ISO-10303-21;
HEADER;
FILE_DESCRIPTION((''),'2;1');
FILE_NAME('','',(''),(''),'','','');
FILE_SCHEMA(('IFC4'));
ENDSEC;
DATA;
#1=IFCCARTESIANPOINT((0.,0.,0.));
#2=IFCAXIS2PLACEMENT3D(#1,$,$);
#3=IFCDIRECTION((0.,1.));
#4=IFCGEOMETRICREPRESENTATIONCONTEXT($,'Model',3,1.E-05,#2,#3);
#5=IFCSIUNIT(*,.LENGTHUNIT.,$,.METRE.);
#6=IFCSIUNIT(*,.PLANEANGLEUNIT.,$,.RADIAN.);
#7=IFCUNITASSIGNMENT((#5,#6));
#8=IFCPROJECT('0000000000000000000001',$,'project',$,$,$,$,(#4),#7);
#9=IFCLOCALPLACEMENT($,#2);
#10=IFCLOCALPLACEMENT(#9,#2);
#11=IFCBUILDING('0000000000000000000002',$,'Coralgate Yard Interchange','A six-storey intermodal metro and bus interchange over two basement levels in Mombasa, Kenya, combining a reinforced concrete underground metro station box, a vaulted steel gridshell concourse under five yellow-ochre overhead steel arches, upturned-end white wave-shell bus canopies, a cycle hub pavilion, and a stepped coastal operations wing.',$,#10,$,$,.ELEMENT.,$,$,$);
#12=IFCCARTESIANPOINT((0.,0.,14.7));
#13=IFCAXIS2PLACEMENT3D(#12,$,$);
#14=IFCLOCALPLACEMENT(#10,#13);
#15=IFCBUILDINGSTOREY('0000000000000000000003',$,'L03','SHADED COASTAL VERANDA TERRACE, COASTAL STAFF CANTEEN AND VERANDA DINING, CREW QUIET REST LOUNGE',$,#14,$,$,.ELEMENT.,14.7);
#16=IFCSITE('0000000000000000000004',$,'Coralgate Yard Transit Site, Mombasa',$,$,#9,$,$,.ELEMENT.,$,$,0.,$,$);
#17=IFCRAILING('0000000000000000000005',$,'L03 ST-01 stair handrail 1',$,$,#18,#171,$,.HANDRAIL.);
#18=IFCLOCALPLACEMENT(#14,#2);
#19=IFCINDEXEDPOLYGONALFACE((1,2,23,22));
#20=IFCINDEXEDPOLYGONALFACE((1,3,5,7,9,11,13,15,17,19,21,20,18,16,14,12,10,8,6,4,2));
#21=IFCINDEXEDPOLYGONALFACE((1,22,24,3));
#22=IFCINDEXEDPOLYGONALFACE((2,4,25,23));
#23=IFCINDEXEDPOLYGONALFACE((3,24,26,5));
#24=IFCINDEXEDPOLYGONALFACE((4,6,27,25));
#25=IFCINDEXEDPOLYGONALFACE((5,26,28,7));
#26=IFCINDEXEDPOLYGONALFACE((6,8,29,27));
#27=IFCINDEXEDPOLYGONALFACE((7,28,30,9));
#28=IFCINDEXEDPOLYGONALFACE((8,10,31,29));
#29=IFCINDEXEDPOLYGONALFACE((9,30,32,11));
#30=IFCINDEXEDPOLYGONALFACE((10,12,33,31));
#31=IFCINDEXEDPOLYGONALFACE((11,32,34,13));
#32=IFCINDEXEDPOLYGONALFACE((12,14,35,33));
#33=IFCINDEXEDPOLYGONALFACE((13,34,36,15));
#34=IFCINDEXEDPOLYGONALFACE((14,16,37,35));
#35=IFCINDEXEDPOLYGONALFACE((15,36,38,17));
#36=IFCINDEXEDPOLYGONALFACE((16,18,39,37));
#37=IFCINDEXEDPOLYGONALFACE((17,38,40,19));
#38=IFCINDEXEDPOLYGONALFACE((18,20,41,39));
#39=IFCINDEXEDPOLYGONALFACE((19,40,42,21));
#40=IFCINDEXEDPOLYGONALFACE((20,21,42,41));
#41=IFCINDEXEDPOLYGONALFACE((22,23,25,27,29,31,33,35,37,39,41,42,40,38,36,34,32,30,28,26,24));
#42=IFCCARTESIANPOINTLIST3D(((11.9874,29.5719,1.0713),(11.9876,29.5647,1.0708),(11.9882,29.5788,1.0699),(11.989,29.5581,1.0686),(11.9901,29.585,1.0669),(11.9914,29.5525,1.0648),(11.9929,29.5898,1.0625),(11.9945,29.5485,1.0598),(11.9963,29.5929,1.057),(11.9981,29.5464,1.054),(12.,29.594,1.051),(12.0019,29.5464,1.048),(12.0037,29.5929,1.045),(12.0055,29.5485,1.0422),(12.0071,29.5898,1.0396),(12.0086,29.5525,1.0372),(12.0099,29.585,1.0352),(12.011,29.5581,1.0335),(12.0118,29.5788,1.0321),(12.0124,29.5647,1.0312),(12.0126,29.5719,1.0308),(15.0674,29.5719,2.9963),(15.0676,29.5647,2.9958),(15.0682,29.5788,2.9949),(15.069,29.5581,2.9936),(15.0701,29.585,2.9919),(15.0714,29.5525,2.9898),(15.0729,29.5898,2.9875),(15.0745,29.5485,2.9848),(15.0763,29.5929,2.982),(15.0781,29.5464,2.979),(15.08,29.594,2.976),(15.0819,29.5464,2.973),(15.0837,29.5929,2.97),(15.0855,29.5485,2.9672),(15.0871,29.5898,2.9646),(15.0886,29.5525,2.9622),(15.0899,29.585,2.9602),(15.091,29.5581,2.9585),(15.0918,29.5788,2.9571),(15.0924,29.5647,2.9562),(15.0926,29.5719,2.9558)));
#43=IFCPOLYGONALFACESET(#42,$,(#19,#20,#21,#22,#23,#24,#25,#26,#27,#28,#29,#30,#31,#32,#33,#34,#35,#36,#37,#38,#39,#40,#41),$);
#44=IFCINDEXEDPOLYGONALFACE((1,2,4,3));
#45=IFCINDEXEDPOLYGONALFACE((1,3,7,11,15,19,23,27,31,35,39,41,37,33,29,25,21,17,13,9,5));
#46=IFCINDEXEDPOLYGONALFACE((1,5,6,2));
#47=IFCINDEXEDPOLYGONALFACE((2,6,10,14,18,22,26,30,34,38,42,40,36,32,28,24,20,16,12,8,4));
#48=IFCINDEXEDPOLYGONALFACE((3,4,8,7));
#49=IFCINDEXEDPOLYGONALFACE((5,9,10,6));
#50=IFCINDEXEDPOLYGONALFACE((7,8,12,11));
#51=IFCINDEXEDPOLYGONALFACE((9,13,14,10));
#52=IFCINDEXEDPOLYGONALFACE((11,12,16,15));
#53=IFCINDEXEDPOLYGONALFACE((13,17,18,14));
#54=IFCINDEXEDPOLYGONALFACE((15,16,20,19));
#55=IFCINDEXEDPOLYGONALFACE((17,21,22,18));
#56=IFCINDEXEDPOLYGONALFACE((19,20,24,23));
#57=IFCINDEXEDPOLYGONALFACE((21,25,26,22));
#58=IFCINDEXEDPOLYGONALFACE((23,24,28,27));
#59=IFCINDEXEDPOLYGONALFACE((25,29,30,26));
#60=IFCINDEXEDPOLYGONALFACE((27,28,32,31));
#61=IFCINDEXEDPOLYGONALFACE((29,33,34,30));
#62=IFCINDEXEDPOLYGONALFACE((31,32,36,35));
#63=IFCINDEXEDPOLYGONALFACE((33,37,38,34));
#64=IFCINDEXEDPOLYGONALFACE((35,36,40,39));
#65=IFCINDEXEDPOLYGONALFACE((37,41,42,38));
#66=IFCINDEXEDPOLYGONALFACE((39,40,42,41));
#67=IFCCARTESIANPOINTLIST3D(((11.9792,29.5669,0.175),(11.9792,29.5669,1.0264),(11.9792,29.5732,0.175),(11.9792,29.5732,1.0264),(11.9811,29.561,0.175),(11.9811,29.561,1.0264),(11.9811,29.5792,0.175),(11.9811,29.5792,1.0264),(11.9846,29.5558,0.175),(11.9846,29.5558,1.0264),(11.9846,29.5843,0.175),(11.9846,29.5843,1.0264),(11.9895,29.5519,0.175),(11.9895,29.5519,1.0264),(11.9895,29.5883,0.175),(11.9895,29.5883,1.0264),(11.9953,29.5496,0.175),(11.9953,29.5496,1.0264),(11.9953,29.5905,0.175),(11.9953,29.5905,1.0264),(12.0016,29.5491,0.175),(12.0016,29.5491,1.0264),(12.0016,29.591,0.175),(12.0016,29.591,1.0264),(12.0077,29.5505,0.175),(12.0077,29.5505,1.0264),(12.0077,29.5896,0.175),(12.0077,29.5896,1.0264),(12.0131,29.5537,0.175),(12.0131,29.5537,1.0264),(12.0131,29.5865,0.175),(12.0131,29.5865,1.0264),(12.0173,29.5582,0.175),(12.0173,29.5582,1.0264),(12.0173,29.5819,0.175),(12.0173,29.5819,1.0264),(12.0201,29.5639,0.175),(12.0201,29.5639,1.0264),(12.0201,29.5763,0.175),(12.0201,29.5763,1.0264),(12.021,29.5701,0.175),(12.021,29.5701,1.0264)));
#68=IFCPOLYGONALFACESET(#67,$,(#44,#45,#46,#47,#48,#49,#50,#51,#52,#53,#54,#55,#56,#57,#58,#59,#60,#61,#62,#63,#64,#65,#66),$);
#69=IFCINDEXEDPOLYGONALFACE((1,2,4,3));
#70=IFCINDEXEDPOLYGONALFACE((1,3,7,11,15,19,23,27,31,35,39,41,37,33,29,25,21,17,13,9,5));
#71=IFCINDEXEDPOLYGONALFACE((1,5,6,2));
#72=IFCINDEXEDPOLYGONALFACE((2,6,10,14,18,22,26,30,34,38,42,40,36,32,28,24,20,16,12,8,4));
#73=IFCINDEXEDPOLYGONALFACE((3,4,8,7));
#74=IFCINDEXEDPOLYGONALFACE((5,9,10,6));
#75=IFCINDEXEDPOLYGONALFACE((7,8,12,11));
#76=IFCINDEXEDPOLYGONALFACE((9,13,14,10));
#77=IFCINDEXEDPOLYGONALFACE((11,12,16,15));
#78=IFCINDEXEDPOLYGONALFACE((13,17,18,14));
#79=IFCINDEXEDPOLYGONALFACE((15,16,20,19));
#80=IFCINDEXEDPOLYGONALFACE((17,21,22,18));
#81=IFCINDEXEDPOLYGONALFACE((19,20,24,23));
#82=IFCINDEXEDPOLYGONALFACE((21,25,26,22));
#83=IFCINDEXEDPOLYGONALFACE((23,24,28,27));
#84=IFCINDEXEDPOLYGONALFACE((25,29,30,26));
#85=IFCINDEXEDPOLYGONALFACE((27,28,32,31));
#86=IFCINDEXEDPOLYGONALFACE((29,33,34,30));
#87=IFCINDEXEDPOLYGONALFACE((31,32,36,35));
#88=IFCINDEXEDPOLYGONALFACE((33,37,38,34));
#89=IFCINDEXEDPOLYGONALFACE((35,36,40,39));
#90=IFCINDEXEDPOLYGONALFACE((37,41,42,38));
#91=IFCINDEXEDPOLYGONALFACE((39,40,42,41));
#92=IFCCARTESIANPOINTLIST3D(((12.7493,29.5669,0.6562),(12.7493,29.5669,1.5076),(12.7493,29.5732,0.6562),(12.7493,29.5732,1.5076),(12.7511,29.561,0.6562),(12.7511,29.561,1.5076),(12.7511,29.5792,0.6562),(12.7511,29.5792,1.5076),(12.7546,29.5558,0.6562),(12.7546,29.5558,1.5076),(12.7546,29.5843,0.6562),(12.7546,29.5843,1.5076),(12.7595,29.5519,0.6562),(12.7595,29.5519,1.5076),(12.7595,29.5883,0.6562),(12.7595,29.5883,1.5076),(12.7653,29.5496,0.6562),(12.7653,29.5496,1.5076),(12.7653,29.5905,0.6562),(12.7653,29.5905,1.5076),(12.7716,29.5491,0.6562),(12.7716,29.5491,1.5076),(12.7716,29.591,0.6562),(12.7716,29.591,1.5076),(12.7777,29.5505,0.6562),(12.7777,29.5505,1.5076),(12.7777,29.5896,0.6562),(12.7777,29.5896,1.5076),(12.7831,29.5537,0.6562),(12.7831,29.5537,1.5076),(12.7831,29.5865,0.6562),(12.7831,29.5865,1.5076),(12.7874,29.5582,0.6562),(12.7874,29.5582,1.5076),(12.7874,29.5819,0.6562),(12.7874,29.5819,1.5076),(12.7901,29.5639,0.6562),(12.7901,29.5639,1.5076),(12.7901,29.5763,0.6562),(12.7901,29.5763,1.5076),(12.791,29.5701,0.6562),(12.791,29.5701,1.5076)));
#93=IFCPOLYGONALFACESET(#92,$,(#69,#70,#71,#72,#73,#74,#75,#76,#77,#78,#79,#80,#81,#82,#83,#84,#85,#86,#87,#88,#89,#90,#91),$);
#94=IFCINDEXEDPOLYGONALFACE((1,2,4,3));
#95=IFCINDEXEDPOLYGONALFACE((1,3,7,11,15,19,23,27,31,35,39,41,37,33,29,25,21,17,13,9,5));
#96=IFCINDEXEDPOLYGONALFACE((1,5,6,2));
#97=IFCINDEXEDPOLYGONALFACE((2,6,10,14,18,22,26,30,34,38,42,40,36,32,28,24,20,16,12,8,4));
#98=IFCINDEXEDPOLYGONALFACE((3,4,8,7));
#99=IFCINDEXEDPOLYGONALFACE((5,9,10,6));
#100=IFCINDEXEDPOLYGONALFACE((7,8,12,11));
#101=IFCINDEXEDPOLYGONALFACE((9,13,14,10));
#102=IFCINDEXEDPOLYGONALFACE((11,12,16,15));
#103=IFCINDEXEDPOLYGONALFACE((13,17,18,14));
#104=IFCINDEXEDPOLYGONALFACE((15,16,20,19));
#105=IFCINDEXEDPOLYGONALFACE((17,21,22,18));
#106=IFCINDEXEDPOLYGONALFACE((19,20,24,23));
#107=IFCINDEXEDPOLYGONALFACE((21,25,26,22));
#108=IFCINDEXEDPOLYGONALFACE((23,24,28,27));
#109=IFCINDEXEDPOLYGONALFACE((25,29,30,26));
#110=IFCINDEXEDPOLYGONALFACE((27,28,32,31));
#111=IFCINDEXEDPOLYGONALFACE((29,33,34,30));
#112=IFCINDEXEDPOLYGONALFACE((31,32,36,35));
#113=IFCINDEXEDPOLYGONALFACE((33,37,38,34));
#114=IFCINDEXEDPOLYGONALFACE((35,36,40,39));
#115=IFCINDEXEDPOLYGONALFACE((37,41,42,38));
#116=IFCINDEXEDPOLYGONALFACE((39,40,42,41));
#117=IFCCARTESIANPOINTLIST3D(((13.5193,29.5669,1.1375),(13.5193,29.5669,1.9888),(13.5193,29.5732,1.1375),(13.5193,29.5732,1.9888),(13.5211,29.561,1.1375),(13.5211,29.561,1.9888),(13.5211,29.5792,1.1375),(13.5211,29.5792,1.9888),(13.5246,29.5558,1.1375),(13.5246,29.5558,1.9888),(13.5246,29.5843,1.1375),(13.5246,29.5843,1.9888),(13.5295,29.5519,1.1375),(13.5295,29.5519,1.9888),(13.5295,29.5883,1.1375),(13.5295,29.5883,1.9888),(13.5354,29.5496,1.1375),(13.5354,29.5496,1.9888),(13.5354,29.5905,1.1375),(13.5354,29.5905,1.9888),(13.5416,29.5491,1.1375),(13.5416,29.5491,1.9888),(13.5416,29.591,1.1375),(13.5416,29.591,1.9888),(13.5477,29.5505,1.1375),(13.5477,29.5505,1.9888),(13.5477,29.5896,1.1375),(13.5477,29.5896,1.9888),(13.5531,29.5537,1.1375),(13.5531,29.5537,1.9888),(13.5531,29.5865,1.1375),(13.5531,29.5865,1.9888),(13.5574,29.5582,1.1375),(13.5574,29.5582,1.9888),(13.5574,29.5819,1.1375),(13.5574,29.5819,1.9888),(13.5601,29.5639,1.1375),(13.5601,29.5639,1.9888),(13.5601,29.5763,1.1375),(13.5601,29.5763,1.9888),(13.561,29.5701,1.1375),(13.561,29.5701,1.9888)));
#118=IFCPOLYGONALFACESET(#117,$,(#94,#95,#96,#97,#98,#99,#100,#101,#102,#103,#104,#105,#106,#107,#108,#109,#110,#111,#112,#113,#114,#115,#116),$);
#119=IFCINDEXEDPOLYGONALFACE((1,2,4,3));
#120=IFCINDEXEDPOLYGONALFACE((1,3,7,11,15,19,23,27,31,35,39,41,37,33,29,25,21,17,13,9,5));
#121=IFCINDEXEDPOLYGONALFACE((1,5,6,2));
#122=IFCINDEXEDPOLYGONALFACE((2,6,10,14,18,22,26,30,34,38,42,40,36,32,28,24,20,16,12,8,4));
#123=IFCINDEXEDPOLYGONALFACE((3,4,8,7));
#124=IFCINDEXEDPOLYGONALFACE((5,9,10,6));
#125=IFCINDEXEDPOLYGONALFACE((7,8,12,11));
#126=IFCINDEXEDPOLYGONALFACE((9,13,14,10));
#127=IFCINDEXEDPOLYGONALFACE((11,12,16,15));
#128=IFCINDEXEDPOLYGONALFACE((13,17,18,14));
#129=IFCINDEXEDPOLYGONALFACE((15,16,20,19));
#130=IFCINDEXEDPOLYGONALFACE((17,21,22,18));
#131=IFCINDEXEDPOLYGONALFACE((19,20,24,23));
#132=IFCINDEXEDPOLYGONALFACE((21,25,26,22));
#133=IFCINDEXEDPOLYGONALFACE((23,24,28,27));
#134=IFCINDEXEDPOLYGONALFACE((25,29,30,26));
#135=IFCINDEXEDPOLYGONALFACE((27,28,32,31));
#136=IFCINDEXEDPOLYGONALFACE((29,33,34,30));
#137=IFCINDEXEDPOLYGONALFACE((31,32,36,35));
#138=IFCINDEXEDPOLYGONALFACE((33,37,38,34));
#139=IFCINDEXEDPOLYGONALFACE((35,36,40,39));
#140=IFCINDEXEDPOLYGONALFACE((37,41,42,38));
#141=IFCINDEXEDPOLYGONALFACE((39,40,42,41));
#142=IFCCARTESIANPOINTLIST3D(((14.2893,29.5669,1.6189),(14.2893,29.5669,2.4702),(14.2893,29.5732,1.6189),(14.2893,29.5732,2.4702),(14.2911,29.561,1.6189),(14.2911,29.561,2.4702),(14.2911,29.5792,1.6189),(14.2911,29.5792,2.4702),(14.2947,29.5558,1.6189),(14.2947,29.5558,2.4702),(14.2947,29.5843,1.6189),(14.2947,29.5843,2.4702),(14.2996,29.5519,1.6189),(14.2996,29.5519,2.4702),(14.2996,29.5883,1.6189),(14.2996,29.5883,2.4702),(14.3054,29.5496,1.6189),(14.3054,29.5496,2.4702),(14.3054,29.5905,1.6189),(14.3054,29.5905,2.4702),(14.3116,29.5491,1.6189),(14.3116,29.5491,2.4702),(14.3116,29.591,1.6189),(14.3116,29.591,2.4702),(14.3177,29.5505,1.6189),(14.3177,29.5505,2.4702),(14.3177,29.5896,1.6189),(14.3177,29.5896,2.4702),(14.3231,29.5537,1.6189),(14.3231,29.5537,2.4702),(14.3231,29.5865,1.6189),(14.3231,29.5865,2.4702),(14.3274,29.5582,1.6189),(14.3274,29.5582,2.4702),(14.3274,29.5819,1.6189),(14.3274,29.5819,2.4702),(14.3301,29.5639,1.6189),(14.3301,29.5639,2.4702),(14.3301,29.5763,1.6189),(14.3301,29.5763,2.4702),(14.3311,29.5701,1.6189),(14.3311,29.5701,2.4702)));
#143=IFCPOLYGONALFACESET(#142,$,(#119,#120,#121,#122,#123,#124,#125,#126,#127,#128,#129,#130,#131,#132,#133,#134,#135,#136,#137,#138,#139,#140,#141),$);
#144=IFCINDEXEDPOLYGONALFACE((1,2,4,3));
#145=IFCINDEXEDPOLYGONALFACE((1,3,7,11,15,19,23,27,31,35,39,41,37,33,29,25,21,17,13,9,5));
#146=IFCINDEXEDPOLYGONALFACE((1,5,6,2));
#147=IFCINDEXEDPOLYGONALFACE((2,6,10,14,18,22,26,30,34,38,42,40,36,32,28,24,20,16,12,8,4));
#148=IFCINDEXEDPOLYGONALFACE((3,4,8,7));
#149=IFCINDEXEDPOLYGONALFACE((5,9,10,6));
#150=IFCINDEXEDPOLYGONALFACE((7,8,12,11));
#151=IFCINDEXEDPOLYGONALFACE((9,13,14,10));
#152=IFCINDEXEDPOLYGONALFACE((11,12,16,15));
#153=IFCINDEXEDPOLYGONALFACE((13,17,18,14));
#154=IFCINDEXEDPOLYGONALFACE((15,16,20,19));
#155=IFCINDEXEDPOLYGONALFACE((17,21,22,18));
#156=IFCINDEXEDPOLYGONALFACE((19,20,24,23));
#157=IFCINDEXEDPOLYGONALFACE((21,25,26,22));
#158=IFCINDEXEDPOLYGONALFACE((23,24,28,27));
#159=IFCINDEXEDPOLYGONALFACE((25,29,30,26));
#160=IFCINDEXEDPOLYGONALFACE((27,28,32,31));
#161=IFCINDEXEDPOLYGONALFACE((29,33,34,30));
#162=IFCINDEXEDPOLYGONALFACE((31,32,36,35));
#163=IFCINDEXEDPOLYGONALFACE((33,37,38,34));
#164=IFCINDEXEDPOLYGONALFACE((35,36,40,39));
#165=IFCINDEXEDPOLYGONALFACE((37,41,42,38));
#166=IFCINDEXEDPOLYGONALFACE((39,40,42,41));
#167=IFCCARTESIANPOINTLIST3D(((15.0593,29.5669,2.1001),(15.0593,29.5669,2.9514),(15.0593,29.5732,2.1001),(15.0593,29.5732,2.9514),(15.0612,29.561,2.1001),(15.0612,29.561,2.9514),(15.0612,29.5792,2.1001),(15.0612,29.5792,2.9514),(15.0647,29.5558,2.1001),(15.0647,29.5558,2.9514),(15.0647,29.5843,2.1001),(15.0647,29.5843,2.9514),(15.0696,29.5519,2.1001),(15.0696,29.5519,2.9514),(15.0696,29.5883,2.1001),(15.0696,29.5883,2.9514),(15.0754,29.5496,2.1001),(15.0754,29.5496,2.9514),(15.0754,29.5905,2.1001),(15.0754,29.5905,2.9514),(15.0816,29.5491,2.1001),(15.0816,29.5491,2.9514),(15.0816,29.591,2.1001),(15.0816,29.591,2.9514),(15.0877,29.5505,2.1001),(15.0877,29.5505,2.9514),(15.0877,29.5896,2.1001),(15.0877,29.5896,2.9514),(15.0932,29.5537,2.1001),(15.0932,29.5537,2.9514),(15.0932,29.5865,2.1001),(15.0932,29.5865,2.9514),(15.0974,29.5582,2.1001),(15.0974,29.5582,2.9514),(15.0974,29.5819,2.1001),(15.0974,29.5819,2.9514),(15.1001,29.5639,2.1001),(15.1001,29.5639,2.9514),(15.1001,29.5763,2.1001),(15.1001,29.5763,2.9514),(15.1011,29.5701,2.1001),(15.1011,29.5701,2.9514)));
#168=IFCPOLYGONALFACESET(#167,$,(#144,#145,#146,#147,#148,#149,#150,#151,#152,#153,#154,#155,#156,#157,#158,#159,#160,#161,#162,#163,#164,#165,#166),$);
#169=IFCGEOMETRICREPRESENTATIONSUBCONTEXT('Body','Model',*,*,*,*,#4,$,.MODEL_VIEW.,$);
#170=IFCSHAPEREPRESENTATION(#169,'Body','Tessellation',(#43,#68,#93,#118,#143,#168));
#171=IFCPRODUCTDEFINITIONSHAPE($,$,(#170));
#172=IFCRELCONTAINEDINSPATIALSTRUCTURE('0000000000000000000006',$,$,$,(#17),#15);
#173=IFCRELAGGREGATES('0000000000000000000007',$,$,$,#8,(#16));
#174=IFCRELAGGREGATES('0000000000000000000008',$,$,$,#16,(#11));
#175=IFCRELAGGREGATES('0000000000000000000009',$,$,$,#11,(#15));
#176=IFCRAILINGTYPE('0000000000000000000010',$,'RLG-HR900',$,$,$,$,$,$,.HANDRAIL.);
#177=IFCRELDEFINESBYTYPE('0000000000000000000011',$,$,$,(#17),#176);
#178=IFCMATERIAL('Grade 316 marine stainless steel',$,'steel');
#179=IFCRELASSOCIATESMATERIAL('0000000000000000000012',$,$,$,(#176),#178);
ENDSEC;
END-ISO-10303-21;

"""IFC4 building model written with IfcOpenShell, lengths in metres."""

from ifc_helpers import new_model, si_unit, direction, frame, origin, origin_2d, place, context, subcontext, project, spatial, circle, extrude, material, type_object, element, save


model = new_model("IFC4")

# Units and contexts
model_context = context("Model", 3, precision=1e-05, world=origin(), true_north=direction((0.0, 1.0)))
body_context = subcontext(model_context, "Body", "Model", "MODEL_VIEW")
ifc_project = project(units=[si_unit("LENGTHUNIT", "METRE"), si_unit("PLANEANGLEUNIT", "RADIAN")], contexts=[model_context])

# Site, building, storey
site_placement = place(None, origin())
site = spatial("IfcSite", under=ifc_project, at=site_placement, Name="Coralgate Yard Transit Site, Mombasa", CompositionType="ELEMENT", RefElevation=0.0)
building_placement = place(site_placement, origin())
building = spatial("IfcBuilding", under=site, at=building_placement, Name="Coralgate Yard Interchange", Description="A six-storey intermodal metro and bus interchange over two basement levels in Mombasa, Kenya, combining a reinforced concrete underground metro station box, a vaulted steel gridshell concourse under five yellow-ochre overhead steel arches, upturned-end white wave-shell bus canopies, a cycle hub pavilion, and a stepped coastal operations wing.", CompositionType="ELEMENT")
storey_placement = place(building_placement, frame((0.0, 0.0, 14.7)))
storey = spatial("IfcBuildingStorey", under=building, at=storey_placement, Name="L03", Description="SHADED COASTAL VERANDA TERRACE, COASTAL STAFF CANTEEN AND VERANDA DINING, CREW QUIET REST LOUNGE", CompositionType="ELEMENT", Elevation=14.7)

# Railing
ifc_material_1 = material(Name="Grade 316 marine stainless steel", Category="steel")
railing_type_1 = type_object("IfcRailingType", Name="RLG-HR900", PredefinedType="HANDRAIL", material=ifc_material_1)
railing_1_placement = place(storey_placement, frame((12.0, 29.5701, 0.175)))
element("IfcRailing", 1, at=railing_1_placement, inside=storey, type_object=railing_type_1, Name="L03 ST-01 stair handrail 1", PredefinedType="HANDRAIL", context=body_context, shape_type="SweptSolid", body=[
    extrude(circle(Radius=0.0239, at=origin_2d()), frame((0.0, 0.0, 0.876), z_axis=(0.847998, 0.0, 0.529999), x_axis=(0.0, 1.0, 0.0)), (0.0, 0.0, 1.0), 3.6321),
    extrude(circle(Radius=0.021, at=origin_2d()), origin(), (0.0, 0.0, 1.0), 0.8513),
    extrude(circle(Radius=0.021, at=origin_2d()), frame((0.77, 0.0, 0.4812)), (0.0, 0.0, 1.0), 0.8513),
    extrude(circle(Radius=0.021, at=origin_2d()), frame((1.54, 0.0, 0.9624)), (0.0, 0.0, 1.0), 0.8513),
    extrude(circle(Radius=0.021, at=origin_2d()), frame((2.3101, 0.0, 1.4438)), (0.0, 0.0, 1.0), 0.8513),
    extrude(circle(Radius=0.021, at=origin_2d()), frame((3.0801, 0.0, 1.925)), (0.0, 0.0, 1.0), 0.8513),
])

save(model, "model.ifc")
